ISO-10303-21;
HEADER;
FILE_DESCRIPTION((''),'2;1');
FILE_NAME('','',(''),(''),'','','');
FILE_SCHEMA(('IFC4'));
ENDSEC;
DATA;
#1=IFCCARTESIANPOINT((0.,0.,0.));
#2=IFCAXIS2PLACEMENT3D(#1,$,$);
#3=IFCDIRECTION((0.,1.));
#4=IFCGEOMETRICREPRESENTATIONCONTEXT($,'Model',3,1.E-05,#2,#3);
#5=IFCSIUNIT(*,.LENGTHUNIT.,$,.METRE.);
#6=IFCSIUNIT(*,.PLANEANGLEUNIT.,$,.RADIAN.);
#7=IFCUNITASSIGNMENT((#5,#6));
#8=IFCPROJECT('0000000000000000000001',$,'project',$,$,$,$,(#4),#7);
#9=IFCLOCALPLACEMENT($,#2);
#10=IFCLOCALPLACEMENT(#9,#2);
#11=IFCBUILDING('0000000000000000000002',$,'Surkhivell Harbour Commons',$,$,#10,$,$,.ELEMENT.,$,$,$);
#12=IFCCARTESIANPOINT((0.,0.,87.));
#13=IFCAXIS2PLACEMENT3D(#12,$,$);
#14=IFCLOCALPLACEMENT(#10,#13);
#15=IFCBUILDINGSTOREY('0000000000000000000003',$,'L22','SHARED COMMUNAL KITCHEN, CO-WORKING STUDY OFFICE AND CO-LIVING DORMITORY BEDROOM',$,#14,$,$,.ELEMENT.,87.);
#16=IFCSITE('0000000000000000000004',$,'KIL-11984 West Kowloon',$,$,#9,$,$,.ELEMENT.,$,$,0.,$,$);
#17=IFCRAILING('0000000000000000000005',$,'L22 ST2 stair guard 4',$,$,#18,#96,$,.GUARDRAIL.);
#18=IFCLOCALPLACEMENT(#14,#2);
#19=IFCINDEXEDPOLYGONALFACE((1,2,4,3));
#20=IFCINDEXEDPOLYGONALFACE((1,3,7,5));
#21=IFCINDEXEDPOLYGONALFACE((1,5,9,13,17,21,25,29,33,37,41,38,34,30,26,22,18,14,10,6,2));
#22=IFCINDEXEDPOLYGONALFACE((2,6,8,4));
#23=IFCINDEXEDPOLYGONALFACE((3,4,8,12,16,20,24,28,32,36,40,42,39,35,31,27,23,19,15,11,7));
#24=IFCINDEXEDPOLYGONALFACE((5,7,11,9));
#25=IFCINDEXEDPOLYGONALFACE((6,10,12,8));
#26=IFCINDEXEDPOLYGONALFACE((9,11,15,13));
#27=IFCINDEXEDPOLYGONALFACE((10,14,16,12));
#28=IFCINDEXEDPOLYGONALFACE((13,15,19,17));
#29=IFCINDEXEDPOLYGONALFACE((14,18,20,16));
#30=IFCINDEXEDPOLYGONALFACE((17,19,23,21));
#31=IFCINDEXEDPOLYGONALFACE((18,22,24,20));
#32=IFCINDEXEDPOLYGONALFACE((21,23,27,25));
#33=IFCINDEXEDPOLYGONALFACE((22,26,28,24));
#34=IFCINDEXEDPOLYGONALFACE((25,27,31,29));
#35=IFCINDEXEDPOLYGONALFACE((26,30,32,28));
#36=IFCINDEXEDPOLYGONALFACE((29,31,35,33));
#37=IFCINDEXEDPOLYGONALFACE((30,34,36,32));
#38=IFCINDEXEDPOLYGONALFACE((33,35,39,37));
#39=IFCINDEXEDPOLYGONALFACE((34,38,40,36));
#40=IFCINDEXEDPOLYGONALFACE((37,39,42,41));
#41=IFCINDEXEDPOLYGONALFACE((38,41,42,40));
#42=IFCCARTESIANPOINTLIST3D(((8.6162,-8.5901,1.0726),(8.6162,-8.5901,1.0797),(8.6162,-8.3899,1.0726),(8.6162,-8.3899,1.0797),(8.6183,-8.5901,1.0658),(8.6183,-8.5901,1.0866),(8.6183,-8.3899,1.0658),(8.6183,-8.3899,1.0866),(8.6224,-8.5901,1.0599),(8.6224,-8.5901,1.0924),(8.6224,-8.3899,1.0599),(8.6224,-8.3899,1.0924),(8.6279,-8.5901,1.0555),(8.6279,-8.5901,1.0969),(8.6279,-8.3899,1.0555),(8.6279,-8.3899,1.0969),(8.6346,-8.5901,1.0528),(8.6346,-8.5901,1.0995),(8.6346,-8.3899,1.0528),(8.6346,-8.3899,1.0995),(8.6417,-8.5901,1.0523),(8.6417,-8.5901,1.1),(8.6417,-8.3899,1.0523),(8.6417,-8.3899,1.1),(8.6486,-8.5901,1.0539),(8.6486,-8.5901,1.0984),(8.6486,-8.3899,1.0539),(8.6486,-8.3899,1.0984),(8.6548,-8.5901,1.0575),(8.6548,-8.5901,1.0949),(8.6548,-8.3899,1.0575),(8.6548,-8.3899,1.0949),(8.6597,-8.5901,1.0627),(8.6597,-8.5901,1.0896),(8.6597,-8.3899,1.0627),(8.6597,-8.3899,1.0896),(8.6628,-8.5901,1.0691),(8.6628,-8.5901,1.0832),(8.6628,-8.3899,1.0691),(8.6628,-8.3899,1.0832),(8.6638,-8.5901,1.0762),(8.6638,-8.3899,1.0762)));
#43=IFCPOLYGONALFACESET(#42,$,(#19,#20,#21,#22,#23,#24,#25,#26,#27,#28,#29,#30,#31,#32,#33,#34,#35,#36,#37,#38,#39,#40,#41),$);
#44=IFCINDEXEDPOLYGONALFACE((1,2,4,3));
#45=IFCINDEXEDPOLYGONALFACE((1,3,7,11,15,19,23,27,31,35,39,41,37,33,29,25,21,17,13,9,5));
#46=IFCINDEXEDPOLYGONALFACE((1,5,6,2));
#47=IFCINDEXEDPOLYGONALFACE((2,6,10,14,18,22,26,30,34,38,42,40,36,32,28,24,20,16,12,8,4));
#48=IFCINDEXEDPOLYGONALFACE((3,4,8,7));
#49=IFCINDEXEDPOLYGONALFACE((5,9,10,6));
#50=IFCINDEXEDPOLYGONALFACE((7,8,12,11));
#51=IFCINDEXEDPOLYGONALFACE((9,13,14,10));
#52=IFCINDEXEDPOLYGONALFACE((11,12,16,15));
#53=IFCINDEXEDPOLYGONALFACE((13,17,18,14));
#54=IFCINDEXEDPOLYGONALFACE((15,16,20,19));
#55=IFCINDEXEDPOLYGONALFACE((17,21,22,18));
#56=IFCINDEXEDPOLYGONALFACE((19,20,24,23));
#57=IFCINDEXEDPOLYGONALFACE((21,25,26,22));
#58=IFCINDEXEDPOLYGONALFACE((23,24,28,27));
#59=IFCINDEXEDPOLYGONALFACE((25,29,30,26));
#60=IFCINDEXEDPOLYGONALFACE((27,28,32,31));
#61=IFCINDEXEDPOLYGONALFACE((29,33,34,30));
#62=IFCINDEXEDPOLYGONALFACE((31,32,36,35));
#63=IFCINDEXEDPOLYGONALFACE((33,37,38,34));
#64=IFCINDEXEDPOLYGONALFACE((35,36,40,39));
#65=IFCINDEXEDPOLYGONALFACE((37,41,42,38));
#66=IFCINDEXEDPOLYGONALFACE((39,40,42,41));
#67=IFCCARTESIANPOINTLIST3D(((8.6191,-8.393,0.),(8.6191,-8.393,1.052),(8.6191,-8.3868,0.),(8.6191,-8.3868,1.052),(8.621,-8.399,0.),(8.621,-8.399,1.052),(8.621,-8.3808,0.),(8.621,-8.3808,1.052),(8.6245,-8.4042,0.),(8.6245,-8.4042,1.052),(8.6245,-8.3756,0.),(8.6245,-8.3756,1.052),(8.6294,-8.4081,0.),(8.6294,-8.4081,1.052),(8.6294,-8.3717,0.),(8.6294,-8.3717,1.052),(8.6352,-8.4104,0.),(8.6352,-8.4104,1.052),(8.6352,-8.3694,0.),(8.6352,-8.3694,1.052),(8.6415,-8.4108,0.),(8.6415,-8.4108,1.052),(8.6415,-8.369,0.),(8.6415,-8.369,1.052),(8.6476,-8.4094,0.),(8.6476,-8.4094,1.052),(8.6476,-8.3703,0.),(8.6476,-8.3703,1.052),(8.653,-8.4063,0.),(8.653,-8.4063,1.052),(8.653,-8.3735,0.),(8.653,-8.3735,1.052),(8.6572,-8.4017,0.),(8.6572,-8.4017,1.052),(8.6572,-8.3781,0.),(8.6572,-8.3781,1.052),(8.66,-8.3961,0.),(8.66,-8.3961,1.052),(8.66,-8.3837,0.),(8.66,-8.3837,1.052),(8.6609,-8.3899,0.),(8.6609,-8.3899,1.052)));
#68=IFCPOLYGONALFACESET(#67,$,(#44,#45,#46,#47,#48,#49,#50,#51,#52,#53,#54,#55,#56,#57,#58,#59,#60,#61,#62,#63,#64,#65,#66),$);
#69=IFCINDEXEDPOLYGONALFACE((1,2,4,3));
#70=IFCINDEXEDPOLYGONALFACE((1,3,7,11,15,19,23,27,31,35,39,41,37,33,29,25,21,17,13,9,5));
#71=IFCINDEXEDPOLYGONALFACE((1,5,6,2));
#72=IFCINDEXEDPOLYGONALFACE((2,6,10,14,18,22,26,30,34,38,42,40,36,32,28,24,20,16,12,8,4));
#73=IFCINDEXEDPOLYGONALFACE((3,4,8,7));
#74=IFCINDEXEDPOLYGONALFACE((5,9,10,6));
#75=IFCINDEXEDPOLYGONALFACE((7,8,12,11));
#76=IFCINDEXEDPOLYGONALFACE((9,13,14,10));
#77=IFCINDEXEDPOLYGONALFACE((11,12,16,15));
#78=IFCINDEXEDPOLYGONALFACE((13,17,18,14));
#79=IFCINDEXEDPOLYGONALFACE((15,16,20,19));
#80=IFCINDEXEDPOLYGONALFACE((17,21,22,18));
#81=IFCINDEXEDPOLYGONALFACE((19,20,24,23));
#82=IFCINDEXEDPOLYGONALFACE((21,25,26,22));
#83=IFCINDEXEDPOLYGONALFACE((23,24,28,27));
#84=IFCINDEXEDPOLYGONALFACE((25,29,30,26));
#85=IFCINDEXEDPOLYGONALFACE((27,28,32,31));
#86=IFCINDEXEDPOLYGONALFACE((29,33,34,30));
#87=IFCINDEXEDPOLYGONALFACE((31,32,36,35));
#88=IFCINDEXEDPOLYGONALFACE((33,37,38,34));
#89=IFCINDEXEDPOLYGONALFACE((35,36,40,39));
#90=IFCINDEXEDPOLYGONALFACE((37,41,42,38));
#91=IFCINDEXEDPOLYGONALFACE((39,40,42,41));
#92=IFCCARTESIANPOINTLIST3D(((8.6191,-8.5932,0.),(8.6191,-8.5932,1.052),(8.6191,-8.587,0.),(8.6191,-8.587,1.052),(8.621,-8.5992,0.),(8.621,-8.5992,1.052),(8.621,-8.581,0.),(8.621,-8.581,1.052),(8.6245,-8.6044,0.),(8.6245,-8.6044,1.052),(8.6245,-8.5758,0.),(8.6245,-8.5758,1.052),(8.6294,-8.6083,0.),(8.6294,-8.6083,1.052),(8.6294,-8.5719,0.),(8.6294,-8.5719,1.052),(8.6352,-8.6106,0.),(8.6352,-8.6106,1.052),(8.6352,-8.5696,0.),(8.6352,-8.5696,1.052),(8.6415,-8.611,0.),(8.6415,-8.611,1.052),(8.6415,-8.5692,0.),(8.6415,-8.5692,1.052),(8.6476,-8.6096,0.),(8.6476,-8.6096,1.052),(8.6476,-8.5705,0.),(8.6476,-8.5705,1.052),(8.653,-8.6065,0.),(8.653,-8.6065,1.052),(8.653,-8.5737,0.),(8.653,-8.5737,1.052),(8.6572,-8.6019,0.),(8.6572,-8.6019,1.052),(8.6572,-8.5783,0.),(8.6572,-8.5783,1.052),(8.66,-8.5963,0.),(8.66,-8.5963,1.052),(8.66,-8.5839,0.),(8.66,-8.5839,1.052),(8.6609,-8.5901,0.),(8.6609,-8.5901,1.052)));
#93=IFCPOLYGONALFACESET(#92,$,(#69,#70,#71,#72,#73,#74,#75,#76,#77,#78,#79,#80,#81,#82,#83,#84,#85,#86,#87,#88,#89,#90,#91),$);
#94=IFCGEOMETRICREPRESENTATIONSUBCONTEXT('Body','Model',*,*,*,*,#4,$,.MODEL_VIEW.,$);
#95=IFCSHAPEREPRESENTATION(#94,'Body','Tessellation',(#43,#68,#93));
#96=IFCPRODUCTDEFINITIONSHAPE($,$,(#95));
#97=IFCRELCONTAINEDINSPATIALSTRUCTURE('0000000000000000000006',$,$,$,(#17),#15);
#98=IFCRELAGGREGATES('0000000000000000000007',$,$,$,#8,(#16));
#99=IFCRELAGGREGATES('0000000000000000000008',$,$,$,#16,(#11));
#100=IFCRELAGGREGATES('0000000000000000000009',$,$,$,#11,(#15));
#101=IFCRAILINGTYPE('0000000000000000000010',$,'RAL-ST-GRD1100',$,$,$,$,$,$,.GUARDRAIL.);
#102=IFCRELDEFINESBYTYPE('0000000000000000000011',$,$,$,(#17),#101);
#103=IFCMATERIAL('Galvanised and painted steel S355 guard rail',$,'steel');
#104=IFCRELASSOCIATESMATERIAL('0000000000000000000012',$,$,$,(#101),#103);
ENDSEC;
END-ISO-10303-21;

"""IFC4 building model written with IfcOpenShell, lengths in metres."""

from ifc_helpers import new_model, si_unit, direction, frame, origin, origin_2d, place, context, subcontext, project, spatial, circle, extrude, material, type_object, element, save


model = new_model("IFC4")

# Units and contexts
model_context = context("Model", 3, precision=1e-05, world=origin(), true_north=direction((0.0, 1.0)))
body_context = subcontext(model_context, "Body", "Model", "MODEL_VIEW")
ifc_project = project(units=[si_unit("LENGTHUNIT", "METRE"), si_unit("PLANEANGLEUNIT", "RADIAN")], contexts=[model_context])

# Site, building, storey
site_placement = place(None, origin())
site = spatial("IfcSite", under=ifc_project, at=site_placement, Name="KIL-11984 West Kowloon", CompositionType="ELEMENT", RefElevation=0.0)
building_placement = place(site_placement, origin())
building = spatial("IfcBuilding", under=site, at=building_placement, Name="Surkhivell Harbour Commons", CompositionType="ELEMENT")
storey_placement = place(building_placement, frame((0.0, 0.0, 87.0)))
storey = spatial("IfcBuildingStorey", under=building, at=storey_placement, Name="L22", Description="SHARED COMMUNAL KITCHEN, CO-WORKING STUDY OFFICE AND CO-LIVING DORMITORY BEDROOM", CompositionType="ELEMENT", Elevation=87.0)

# Railing
ifc_material_1 = material(Name="Galvanised and painted steel S355 guard rail", Category="steel")
railing_type = type_object("IfcRailingType", Name="RAL-ST-GRD1100", PredefinedType="GUARDRAIL", material=ifc_material_1)
railing_1_placement = place(storey_placement, frame((8.6399, -8.3899, 0.0)))
element("IfcRailing", 1, at=railing_1_placement, inside=storey, type_object=railing_type, Name="L22 ST2 stair guard 4", PredefinedType="GUARDRAIL", context=body_context, shape_type="SweptSolid", body=[
    extrude(circle(Radius=0.0239, at=origin_2d()), frame((0.0, 0.0, 1.0762), z_axis=(0.0, -1.0, 0.0), x_axis=(1.0, 0.0, 0.0)), (0.0, 0.0, 1.0), 0.2002),
    extrude(circle(Radius=0.021, at=origin_2d()), origin(), (0.0, 0.0, 1.0), 1.052),
    extrude(circle(Radius=0.021, at=origin_2d()), frame((0.0, -0.2002, 0.0)), (0.0, 0.0, 1.0), 1.052),
])

save(model, "model.ifc")
